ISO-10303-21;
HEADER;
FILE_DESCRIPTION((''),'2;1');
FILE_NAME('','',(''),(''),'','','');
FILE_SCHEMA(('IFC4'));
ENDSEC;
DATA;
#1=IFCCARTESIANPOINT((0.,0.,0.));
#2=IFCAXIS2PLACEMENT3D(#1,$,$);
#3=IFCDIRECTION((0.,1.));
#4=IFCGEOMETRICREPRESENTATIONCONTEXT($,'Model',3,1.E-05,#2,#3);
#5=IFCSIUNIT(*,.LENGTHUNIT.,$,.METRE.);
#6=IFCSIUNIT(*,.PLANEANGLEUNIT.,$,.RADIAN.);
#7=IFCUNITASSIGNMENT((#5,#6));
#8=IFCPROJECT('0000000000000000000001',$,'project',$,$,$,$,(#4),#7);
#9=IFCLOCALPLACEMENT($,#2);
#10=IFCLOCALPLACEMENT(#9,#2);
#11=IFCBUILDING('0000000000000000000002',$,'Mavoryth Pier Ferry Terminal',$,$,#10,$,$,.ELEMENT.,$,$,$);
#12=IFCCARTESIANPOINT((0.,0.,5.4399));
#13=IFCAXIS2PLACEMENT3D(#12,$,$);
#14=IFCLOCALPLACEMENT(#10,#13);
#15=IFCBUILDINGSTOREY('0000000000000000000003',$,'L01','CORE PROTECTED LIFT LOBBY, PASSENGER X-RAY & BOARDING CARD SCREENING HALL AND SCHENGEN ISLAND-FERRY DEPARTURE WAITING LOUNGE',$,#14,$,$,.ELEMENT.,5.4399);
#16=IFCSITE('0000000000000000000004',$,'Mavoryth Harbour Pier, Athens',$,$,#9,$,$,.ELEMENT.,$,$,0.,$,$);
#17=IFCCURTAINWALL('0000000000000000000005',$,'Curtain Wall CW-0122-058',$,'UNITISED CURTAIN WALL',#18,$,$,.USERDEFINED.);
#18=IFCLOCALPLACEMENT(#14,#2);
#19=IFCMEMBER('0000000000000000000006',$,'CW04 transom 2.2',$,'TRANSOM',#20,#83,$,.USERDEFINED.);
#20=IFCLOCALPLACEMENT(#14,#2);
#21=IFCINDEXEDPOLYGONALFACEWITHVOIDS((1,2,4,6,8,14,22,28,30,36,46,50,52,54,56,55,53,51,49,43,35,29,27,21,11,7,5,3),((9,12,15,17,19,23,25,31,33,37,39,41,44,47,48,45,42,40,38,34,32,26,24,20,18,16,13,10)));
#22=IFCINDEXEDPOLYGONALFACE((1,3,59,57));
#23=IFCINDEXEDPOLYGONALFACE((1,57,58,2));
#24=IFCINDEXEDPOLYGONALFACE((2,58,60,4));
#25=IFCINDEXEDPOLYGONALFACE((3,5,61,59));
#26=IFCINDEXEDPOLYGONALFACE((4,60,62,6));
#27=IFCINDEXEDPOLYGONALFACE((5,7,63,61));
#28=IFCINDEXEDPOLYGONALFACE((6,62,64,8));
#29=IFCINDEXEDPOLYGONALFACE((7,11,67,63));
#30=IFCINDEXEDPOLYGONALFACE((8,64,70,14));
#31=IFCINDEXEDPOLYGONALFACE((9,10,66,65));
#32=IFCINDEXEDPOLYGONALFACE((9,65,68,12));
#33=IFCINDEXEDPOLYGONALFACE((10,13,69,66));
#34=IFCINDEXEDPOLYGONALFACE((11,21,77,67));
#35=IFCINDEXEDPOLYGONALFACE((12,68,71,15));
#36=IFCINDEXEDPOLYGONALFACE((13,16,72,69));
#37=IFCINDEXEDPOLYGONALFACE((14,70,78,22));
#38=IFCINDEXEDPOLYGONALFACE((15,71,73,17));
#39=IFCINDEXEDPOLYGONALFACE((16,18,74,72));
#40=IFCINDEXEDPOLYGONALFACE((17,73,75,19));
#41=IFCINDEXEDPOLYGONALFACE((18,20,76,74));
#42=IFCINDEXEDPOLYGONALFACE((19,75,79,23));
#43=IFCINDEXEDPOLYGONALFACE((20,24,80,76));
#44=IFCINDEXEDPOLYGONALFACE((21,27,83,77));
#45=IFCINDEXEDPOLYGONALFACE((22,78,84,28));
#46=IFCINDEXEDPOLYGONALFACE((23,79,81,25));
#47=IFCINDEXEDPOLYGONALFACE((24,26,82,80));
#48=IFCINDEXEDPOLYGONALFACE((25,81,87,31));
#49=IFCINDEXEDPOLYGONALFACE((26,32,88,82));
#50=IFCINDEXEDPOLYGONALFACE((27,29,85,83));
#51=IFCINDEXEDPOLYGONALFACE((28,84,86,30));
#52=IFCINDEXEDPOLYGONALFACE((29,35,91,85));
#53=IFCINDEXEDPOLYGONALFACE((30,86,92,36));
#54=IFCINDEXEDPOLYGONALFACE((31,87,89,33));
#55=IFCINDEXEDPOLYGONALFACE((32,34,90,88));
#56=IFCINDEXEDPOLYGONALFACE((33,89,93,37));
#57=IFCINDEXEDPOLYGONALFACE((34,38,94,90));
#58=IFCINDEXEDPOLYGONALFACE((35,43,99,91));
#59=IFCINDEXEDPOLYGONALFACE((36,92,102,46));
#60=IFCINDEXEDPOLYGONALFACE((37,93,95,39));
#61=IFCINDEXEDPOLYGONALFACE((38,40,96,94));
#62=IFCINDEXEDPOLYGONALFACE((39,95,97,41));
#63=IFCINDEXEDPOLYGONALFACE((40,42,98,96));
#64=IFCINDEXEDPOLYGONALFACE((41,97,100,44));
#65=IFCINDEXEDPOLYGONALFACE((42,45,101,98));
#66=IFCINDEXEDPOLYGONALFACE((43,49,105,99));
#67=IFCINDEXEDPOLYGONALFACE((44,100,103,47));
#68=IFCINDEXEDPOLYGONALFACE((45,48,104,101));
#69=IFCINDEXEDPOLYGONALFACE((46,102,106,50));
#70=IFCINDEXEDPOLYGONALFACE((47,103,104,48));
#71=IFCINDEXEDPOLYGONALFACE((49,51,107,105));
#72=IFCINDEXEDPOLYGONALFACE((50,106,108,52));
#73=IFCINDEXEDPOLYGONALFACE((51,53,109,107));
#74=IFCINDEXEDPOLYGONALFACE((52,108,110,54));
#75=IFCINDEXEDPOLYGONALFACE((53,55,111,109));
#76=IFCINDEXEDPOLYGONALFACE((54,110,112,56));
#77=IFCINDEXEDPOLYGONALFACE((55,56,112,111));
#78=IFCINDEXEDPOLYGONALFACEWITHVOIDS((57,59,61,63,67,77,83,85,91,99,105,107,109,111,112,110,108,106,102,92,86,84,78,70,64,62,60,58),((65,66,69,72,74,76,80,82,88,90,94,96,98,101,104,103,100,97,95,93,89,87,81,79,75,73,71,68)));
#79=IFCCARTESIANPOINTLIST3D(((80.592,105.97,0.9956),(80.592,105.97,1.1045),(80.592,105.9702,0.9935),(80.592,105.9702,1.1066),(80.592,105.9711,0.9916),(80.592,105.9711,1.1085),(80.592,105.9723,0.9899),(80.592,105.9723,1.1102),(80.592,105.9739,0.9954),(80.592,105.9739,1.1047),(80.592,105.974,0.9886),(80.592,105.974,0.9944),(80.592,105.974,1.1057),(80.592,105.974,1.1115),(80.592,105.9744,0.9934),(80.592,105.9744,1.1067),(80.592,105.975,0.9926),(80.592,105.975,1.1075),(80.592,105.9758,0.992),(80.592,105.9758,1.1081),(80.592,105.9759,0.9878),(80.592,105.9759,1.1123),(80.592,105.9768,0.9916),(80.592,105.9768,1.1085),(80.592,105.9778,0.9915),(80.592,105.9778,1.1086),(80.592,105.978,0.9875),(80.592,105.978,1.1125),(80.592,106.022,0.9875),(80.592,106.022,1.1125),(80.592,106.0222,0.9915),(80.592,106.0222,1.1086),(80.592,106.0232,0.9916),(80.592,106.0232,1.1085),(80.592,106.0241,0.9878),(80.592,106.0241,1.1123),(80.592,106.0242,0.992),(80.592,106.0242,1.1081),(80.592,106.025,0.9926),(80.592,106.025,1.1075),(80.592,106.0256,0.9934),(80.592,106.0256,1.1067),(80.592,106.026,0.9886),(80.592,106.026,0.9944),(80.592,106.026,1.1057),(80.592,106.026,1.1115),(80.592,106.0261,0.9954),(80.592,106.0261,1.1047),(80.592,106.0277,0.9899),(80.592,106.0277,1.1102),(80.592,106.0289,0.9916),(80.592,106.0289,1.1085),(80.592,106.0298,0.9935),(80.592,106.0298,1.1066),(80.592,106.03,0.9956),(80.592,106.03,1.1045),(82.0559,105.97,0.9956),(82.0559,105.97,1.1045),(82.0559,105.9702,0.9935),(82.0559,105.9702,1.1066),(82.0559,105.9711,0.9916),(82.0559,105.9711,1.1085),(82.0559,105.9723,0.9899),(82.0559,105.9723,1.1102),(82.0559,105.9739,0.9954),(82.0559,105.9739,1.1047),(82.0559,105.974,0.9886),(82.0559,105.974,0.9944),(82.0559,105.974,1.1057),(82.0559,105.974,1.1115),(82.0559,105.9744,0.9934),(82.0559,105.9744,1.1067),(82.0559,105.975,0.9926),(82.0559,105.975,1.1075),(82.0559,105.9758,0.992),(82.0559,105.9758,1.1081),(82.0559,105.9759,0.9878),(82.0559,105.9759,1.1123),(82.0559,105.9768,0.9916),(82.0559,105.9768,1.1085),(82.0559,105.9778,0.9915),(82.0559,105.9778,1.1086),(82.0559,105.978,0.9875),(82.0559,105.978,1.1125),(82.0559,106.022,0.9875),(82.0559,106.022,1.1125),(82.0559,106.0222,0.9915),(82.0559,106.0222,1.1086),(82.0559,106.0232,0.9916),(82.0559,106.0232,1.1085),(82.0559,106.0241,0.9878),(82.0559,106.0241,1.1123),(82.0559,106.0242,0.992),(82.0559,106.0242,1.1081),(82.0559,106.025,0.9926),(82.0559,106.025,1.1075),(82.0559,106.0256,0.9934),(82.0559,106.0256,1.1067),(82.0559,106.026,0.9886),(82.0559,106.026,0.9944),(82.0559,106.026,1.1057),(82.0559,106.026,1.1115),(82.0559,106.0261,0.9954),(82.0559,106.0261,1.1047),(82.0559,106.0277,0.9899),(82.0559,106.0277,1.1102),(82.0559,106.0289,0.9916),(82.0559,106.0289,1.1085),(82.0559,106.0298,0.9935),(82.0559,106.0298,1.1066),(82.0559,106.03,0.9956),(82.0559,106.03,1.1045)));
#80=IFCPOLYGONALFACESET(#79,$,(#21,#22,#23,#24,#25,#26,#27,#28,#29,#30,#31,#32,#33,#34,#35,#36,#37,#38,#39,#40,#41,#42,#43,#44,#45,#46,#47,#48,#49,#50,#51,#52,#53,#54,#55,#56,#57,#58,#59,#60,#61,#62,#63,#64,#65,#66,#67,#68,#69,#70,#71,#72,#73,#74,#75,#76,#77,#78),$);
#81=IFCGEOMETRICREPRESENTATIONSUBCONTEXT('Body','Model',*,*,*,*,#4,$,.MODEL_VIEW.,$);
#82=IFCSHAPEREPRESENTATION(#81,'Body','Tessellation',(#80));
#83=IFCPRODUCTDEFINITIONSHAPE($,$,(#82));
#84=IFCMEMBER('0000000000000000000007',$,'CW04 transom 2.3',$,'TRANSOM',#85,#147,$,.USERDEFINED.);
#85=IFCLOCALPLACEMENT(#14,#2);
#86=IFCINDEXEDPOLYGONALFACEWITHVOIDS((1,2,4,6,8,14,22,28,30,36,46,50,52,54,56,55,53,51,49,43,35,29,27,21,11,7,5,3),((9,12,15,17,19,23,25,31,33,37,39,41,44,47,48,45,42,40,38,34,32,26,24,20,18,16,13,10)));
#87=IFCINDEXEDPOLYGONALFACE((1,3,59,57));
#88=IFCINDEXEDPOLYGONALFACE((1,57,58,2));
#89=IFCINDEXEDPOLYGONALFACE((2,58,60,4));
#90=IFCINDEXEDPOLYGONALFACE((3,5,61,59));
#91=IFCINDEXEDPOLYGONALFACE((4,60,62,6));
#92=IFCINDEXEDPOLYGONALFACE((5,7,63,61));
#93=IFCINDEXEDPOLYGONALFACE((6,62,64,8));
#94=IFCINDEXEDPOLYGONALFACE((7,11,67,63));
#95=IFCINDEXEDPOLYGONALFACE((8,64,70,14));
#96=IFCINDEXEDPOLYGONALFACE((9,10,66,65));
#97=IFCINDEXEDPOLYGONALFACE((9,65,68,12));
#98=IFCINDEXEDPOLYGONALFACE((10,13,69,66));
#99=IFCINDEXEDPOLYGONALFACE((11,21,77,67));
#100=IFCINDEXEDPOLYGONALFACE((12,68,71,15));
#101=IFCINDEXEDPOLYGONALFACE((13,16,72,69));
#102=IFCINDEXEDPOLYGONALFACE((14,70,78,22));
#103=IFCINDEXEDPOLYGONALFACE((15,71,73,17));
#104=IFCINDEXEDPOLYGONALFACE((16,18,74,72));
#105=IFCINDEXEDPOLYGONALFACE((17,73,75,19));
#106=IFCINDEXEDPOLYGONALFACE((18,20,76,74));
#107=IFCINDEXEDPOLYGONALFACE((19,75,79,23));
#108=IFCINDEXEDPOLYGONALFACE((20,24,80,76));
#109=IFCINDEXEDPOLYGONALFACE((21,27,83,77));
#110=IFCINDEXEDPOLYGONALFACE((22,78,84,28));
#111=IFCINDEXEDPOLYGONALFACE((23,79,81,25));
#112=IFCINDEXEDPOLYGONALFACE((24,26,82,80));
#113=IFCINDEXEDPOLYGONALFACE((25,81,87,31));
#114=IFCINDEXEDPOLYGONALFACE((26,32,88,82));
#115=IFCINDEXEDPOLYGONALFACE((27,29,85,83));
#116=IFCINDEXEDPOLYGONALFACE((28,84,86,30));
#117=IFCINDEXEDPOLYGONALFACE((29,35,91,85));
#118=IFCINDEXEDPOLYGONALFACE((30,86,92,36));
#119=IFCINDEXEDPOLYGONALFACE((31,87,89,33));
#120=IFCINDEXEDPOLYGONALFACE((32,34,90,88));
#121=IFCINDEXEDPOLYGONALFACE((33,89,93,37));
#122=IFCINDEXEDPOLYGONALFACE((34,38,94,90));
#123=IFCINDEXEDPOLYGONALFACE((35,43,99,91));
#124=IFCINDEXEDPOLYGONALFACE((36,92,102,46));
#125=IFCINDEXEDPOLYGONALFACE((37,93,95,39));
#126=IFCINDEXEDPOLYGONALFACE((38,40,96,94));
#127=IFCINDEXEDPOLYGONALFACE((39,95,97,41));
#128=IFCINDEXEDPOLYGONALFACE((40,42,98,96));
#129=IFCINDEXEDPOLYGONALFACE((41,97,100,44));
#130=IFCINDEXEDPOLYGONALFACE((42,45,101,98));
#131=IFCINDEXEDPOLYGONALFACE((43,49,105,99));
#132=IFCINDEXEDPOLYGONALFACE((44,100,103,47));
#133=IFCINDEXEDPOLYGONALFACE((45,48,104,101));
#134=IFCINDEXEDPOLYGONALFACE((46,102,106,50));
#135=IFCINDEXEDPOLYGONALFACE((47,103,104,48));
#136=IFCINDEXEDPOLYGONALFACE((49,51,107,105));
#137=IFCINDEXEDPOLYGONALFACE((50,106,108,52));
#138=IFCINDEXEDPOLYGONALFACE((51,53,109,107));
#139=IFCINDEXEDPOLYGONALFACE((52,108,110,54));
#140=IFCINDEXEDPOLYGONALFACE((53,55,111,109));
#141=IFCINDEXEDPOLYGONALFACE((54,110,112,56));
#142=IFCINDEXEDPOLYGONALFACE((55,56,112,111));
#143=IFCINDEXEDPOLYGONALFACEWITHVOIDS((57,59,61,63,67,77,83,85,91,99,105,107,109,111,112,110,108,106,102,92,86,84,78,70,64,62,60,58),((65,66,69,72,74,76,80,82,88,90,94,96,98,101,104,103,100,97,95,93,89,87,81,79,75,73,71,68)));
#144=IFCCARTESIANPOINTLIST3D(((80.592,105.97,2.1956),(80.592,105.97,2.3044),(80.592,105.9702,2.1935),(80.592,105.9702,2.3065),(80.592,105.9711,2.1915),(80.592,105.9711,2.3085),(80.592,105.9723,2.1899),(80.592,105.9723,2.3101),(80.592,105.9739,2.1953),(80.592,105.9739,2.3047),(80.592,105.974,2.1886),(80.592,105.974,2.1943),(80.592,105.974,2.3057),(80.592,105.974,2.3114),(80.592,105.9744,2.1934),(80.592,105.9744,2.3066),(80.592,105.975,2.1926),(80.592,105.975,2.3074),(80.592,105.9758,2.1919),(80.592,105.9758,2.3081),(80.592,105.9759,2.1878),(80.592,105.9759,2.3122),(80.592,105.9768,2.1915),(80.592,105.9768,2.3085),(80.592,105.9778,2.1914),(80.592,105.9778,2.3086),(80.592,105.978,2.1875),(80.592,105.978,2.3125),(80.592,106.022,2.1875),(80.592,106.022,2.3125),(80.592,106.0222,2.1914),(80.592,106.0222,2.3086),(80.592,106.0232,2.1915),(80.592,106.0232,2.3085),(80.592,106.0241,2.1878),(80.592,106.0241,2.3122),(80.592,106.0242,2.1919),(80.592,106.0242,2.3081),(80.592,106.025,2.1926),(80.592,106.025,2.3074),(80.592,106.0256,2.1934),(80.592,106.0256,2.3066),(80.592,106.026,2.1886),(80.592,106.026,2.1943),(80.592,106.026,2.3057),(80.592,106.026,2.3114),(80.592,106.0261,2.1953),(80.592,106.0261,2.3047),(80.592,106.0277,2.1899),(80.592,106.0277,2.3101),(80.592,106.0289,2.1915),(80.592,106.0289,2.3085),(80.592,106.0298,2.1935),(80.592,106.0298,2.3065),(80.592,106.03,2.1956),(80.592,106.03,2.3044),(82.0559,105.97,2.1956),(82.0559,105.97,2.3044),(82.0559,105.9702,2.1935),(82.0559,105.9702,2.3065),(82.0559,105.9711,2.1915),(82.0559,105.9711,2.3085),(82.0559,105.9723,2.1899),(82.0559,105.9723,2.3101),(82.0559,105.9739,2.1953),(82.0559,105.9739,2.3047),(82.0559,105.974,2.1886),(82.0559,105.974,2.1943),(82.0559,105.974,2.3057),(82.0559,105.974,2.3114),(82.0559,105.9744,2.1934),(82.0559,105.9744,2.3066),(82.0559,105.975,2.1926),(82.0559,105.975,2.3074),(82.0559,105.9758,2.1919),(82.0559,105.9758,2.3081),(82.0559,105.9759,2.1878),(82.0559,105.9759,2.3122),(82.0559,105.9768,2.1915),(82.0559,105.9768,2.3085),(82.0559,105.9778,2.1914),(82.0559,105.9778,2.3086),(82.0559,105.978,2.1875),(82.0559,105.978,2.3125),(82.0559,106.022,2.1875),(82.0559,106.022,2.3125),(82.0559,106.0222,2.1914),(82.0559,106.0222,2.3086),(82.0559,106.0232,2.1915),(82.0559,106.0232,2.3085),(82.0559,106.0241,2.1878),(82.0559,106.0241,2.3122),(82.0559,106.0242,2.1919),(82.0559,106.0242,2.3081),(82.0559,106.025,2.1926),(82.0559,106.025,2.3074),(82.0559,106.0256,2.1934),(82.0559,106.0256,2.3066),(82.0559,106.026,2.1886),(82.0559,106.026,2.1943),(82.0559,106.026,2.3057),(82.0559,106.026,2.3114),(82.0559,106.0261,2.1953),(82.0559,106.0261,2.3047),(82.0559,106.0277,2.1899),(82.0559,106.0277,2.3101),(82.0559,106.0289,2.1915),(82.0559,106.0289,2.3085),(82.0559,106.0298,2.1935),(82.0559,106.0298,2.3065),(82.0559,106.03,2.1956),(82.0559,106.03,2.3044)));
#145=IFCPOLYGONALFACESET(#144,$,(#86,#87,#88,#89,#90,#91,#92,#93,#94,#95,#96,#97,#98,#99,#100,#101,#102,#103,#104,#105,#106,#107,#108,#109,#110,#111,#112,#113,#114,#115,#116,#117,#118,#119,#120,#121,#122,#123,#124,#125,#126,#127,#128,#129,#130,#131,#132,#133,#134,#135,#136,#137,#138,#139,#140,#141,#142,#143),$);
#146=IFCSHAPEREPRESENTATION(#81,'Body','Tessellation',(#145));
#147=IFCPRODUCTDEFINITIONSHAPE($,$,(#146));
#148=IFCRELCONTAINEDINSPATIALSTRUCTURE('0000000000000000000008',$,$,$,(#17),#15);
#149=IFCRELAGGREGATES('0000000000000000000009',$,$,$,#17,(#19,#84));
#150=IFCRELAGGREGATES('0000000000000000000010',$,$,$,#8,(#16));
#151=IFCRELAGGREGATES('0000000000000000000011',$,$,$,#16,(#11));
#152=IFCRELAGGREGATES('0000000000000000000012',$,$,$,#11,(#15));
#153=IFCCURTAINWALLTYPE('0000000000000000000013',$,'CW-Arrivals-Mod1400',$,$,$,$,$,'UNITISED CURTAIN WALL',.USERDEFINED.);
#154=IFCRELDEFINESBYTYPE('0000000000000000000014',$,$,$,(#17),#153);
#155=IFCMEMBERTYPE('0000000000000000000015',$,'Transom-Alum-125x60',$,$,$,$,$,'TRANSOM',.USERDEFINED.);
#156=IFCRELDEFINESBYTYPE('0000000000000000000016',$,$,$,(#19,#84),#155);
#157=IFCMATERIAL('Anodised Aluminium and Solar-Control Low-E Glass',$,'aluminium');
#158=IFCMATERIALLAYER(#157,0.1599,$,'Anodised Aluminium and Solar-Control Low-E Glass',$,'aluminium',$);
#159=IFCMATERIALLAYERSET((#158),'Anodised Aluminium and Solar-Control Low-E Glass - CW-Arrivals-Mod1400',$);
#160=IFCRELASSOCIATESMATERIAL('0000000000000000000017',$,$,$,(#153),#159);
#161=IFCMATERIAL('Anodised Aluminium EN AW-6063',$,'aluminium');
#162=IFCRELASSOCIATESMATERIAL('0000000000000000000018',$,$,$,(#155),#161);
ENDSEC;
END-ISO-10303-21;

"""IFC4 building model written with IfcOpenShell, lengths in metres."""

from ifc_helpers import new_model, si_unit, direction, frame, origin, origin_2d, place, context, subcontext, project, spatial, hollow_rectangle, extrude, material, layer, layer_set, material_profile, profile_set, type_object, element, aggregate, save


model = new_model("IFC4")

# Units and contexts
model_context = context("Model", 3, precision=1e-05, world=origin(), true_north=direction((0.0, 1.0)))
body_context = subcontext(model_context, "Body", "Model", "MODEL_VIEW")
ifc_project = project(units=[si_unit("LENGTHUNIT", "METRE"), si_unit("PLANEANGLEUNIT", "RADIAN")], contexts=[model_context])

# Site, building, storey
site_placement = place(None, origin())
site = spatial("IfcSite", under=ifc_project, at=site_placement, Name="Mavoryth Harbour Pier, Athens", CompositionType="ELEMENT", RefElevation=0.0)
building_placement = place(site_placement, origin())
building = spatial("IfcBuilding", under=site, at=building_placement, Name="Mavoryth Pier Ferry Terminal", CompositionType="ELEMENT")
storey_placement = place(building_placement, frame((0.0, 0.0, 5.4399)))
storey = spatial("IfcBuildingStorey", under=building, at=storey_placement, Name="L01", Description="CORE PROTECTED LIFT LOBBY, PASSENGER X-RAY & BOARDING CARD SCREENING HALL AND SCHENGEN ISLAND-FERRY DEPARTURE WAITING LOUNGE", CompositionType="ELEMENT", Elevation=5.4399)

# Curtain wall
ifc_material_1 = material(Name="Anodised Aluminium and Solar-Control Low-E Glass", Category="aluminium")
ifc_layer_1 = layer(ifc_material_1, 0.1599, Name="Anodised Aluminium and Solar-Control Low-E Glass", Category="aluminium")
ifc_layer_set_1 = layer_set([ifc_layer_1], Name="Anodised Aluminium and Solar-Control Low-E Glass - CW-Arrivals-Mod1400")
curtain_wall_type = type_object("IfcCurtainWallType", Name="CW-Arrivals-Mod1400", ElementType="UNITISED CURTAIN WALL", PredefinedType="USERDEFINED", material=ifc_layer_set_1)
curtain_wall_1_placement = place(storey_placement, origin())
curtain_wall_1 = element("IfcCurtainWall", 1, at=curtain_wall_1_placement, inside=storey, type_object=curtain_wall_type, Name="Curtain Wall CW-0122-058", ObjectType="UNITISED CURTAIN WALL", PredefinedType="USERDEFINED")
ifc_material_2 = material(Name="Anodised Aluminium EN AW-6063", Category="aluminium")

# Members
ifc_material_profile_1 = material_profile(ifc_material_2, hollow_rectangle(XDim=0.0601, YDim=0.125, WallThickness=0.0039, InnerFilletRadius=0.0039, OuterFilletRadius=0.0081, at=origin_2d()), Name="AL-TRAN 125x60x4", Category="aluminium")
ifc_profile_set_1 = profile_set([ifc_material_profile_1], Name="Anodised Aluminium EN AW-6063 - AL-TRAN 125x60x4")
member_type_1 = type_object("IfcMemberType", Name="Transom-Alum-125x60", ElementType="TRANSOM", PredefinedType="USERDEFINED", material=ifc_profile_set_1)
member_1_placement = place(storey_placement, frame((82.0559, 106.0, 1.05), z_axis=(-1.0, 0.0, 0.0), x_axis=(0.0, -1.0, 0.0)))
member_1 = element("IfcMember", 2, at=member_1_placement, type_object=member_type_1, Name="CW04 transom 2.2", ObjectType="TRANSOM", PredefinedType="USERDEFINED", context=body_context, shape_type="SweptSolid", body=[
    extrude(hollow_rectangle(XDim=0.0601, YDim=0.125, WallThickness=0.0039, InnerFilletRadius=0.0039, OuterFilletRadius=0.0081, at=origin_2d()), origin(), (0.0, 0.0, 1.0), 1.4639),
])
member_2_placement = place(storey_placement, frame((82.0559, 106.0, 2.25), z_axis=(-1.0, 0.0, 0.0), x_axis=(0.0, -1.0, 0.0)))
member_2 = element("IfcMember", 3, at=member_2_placement, type_object=member_type_1, Name="CW04 transom 2.3", ObjectType="TRANSOM", PredefinedType="USERDEFINED", context=body_context, shape_type="SweptSolid", body=[
    extrude(hollow_rectangle(XDim=0.0601, YDim=0.125, WallThickness=0.0039, InnerFilletRadius=0.0039, OuterFilletRadius=0.0081, at=origin_2d()), origin(), (0.0, 0.0, 1.0), 1.4639),
])

aggregate(curtain_wall_1, [member_1, member_2])

save(model, "model.ifc")
